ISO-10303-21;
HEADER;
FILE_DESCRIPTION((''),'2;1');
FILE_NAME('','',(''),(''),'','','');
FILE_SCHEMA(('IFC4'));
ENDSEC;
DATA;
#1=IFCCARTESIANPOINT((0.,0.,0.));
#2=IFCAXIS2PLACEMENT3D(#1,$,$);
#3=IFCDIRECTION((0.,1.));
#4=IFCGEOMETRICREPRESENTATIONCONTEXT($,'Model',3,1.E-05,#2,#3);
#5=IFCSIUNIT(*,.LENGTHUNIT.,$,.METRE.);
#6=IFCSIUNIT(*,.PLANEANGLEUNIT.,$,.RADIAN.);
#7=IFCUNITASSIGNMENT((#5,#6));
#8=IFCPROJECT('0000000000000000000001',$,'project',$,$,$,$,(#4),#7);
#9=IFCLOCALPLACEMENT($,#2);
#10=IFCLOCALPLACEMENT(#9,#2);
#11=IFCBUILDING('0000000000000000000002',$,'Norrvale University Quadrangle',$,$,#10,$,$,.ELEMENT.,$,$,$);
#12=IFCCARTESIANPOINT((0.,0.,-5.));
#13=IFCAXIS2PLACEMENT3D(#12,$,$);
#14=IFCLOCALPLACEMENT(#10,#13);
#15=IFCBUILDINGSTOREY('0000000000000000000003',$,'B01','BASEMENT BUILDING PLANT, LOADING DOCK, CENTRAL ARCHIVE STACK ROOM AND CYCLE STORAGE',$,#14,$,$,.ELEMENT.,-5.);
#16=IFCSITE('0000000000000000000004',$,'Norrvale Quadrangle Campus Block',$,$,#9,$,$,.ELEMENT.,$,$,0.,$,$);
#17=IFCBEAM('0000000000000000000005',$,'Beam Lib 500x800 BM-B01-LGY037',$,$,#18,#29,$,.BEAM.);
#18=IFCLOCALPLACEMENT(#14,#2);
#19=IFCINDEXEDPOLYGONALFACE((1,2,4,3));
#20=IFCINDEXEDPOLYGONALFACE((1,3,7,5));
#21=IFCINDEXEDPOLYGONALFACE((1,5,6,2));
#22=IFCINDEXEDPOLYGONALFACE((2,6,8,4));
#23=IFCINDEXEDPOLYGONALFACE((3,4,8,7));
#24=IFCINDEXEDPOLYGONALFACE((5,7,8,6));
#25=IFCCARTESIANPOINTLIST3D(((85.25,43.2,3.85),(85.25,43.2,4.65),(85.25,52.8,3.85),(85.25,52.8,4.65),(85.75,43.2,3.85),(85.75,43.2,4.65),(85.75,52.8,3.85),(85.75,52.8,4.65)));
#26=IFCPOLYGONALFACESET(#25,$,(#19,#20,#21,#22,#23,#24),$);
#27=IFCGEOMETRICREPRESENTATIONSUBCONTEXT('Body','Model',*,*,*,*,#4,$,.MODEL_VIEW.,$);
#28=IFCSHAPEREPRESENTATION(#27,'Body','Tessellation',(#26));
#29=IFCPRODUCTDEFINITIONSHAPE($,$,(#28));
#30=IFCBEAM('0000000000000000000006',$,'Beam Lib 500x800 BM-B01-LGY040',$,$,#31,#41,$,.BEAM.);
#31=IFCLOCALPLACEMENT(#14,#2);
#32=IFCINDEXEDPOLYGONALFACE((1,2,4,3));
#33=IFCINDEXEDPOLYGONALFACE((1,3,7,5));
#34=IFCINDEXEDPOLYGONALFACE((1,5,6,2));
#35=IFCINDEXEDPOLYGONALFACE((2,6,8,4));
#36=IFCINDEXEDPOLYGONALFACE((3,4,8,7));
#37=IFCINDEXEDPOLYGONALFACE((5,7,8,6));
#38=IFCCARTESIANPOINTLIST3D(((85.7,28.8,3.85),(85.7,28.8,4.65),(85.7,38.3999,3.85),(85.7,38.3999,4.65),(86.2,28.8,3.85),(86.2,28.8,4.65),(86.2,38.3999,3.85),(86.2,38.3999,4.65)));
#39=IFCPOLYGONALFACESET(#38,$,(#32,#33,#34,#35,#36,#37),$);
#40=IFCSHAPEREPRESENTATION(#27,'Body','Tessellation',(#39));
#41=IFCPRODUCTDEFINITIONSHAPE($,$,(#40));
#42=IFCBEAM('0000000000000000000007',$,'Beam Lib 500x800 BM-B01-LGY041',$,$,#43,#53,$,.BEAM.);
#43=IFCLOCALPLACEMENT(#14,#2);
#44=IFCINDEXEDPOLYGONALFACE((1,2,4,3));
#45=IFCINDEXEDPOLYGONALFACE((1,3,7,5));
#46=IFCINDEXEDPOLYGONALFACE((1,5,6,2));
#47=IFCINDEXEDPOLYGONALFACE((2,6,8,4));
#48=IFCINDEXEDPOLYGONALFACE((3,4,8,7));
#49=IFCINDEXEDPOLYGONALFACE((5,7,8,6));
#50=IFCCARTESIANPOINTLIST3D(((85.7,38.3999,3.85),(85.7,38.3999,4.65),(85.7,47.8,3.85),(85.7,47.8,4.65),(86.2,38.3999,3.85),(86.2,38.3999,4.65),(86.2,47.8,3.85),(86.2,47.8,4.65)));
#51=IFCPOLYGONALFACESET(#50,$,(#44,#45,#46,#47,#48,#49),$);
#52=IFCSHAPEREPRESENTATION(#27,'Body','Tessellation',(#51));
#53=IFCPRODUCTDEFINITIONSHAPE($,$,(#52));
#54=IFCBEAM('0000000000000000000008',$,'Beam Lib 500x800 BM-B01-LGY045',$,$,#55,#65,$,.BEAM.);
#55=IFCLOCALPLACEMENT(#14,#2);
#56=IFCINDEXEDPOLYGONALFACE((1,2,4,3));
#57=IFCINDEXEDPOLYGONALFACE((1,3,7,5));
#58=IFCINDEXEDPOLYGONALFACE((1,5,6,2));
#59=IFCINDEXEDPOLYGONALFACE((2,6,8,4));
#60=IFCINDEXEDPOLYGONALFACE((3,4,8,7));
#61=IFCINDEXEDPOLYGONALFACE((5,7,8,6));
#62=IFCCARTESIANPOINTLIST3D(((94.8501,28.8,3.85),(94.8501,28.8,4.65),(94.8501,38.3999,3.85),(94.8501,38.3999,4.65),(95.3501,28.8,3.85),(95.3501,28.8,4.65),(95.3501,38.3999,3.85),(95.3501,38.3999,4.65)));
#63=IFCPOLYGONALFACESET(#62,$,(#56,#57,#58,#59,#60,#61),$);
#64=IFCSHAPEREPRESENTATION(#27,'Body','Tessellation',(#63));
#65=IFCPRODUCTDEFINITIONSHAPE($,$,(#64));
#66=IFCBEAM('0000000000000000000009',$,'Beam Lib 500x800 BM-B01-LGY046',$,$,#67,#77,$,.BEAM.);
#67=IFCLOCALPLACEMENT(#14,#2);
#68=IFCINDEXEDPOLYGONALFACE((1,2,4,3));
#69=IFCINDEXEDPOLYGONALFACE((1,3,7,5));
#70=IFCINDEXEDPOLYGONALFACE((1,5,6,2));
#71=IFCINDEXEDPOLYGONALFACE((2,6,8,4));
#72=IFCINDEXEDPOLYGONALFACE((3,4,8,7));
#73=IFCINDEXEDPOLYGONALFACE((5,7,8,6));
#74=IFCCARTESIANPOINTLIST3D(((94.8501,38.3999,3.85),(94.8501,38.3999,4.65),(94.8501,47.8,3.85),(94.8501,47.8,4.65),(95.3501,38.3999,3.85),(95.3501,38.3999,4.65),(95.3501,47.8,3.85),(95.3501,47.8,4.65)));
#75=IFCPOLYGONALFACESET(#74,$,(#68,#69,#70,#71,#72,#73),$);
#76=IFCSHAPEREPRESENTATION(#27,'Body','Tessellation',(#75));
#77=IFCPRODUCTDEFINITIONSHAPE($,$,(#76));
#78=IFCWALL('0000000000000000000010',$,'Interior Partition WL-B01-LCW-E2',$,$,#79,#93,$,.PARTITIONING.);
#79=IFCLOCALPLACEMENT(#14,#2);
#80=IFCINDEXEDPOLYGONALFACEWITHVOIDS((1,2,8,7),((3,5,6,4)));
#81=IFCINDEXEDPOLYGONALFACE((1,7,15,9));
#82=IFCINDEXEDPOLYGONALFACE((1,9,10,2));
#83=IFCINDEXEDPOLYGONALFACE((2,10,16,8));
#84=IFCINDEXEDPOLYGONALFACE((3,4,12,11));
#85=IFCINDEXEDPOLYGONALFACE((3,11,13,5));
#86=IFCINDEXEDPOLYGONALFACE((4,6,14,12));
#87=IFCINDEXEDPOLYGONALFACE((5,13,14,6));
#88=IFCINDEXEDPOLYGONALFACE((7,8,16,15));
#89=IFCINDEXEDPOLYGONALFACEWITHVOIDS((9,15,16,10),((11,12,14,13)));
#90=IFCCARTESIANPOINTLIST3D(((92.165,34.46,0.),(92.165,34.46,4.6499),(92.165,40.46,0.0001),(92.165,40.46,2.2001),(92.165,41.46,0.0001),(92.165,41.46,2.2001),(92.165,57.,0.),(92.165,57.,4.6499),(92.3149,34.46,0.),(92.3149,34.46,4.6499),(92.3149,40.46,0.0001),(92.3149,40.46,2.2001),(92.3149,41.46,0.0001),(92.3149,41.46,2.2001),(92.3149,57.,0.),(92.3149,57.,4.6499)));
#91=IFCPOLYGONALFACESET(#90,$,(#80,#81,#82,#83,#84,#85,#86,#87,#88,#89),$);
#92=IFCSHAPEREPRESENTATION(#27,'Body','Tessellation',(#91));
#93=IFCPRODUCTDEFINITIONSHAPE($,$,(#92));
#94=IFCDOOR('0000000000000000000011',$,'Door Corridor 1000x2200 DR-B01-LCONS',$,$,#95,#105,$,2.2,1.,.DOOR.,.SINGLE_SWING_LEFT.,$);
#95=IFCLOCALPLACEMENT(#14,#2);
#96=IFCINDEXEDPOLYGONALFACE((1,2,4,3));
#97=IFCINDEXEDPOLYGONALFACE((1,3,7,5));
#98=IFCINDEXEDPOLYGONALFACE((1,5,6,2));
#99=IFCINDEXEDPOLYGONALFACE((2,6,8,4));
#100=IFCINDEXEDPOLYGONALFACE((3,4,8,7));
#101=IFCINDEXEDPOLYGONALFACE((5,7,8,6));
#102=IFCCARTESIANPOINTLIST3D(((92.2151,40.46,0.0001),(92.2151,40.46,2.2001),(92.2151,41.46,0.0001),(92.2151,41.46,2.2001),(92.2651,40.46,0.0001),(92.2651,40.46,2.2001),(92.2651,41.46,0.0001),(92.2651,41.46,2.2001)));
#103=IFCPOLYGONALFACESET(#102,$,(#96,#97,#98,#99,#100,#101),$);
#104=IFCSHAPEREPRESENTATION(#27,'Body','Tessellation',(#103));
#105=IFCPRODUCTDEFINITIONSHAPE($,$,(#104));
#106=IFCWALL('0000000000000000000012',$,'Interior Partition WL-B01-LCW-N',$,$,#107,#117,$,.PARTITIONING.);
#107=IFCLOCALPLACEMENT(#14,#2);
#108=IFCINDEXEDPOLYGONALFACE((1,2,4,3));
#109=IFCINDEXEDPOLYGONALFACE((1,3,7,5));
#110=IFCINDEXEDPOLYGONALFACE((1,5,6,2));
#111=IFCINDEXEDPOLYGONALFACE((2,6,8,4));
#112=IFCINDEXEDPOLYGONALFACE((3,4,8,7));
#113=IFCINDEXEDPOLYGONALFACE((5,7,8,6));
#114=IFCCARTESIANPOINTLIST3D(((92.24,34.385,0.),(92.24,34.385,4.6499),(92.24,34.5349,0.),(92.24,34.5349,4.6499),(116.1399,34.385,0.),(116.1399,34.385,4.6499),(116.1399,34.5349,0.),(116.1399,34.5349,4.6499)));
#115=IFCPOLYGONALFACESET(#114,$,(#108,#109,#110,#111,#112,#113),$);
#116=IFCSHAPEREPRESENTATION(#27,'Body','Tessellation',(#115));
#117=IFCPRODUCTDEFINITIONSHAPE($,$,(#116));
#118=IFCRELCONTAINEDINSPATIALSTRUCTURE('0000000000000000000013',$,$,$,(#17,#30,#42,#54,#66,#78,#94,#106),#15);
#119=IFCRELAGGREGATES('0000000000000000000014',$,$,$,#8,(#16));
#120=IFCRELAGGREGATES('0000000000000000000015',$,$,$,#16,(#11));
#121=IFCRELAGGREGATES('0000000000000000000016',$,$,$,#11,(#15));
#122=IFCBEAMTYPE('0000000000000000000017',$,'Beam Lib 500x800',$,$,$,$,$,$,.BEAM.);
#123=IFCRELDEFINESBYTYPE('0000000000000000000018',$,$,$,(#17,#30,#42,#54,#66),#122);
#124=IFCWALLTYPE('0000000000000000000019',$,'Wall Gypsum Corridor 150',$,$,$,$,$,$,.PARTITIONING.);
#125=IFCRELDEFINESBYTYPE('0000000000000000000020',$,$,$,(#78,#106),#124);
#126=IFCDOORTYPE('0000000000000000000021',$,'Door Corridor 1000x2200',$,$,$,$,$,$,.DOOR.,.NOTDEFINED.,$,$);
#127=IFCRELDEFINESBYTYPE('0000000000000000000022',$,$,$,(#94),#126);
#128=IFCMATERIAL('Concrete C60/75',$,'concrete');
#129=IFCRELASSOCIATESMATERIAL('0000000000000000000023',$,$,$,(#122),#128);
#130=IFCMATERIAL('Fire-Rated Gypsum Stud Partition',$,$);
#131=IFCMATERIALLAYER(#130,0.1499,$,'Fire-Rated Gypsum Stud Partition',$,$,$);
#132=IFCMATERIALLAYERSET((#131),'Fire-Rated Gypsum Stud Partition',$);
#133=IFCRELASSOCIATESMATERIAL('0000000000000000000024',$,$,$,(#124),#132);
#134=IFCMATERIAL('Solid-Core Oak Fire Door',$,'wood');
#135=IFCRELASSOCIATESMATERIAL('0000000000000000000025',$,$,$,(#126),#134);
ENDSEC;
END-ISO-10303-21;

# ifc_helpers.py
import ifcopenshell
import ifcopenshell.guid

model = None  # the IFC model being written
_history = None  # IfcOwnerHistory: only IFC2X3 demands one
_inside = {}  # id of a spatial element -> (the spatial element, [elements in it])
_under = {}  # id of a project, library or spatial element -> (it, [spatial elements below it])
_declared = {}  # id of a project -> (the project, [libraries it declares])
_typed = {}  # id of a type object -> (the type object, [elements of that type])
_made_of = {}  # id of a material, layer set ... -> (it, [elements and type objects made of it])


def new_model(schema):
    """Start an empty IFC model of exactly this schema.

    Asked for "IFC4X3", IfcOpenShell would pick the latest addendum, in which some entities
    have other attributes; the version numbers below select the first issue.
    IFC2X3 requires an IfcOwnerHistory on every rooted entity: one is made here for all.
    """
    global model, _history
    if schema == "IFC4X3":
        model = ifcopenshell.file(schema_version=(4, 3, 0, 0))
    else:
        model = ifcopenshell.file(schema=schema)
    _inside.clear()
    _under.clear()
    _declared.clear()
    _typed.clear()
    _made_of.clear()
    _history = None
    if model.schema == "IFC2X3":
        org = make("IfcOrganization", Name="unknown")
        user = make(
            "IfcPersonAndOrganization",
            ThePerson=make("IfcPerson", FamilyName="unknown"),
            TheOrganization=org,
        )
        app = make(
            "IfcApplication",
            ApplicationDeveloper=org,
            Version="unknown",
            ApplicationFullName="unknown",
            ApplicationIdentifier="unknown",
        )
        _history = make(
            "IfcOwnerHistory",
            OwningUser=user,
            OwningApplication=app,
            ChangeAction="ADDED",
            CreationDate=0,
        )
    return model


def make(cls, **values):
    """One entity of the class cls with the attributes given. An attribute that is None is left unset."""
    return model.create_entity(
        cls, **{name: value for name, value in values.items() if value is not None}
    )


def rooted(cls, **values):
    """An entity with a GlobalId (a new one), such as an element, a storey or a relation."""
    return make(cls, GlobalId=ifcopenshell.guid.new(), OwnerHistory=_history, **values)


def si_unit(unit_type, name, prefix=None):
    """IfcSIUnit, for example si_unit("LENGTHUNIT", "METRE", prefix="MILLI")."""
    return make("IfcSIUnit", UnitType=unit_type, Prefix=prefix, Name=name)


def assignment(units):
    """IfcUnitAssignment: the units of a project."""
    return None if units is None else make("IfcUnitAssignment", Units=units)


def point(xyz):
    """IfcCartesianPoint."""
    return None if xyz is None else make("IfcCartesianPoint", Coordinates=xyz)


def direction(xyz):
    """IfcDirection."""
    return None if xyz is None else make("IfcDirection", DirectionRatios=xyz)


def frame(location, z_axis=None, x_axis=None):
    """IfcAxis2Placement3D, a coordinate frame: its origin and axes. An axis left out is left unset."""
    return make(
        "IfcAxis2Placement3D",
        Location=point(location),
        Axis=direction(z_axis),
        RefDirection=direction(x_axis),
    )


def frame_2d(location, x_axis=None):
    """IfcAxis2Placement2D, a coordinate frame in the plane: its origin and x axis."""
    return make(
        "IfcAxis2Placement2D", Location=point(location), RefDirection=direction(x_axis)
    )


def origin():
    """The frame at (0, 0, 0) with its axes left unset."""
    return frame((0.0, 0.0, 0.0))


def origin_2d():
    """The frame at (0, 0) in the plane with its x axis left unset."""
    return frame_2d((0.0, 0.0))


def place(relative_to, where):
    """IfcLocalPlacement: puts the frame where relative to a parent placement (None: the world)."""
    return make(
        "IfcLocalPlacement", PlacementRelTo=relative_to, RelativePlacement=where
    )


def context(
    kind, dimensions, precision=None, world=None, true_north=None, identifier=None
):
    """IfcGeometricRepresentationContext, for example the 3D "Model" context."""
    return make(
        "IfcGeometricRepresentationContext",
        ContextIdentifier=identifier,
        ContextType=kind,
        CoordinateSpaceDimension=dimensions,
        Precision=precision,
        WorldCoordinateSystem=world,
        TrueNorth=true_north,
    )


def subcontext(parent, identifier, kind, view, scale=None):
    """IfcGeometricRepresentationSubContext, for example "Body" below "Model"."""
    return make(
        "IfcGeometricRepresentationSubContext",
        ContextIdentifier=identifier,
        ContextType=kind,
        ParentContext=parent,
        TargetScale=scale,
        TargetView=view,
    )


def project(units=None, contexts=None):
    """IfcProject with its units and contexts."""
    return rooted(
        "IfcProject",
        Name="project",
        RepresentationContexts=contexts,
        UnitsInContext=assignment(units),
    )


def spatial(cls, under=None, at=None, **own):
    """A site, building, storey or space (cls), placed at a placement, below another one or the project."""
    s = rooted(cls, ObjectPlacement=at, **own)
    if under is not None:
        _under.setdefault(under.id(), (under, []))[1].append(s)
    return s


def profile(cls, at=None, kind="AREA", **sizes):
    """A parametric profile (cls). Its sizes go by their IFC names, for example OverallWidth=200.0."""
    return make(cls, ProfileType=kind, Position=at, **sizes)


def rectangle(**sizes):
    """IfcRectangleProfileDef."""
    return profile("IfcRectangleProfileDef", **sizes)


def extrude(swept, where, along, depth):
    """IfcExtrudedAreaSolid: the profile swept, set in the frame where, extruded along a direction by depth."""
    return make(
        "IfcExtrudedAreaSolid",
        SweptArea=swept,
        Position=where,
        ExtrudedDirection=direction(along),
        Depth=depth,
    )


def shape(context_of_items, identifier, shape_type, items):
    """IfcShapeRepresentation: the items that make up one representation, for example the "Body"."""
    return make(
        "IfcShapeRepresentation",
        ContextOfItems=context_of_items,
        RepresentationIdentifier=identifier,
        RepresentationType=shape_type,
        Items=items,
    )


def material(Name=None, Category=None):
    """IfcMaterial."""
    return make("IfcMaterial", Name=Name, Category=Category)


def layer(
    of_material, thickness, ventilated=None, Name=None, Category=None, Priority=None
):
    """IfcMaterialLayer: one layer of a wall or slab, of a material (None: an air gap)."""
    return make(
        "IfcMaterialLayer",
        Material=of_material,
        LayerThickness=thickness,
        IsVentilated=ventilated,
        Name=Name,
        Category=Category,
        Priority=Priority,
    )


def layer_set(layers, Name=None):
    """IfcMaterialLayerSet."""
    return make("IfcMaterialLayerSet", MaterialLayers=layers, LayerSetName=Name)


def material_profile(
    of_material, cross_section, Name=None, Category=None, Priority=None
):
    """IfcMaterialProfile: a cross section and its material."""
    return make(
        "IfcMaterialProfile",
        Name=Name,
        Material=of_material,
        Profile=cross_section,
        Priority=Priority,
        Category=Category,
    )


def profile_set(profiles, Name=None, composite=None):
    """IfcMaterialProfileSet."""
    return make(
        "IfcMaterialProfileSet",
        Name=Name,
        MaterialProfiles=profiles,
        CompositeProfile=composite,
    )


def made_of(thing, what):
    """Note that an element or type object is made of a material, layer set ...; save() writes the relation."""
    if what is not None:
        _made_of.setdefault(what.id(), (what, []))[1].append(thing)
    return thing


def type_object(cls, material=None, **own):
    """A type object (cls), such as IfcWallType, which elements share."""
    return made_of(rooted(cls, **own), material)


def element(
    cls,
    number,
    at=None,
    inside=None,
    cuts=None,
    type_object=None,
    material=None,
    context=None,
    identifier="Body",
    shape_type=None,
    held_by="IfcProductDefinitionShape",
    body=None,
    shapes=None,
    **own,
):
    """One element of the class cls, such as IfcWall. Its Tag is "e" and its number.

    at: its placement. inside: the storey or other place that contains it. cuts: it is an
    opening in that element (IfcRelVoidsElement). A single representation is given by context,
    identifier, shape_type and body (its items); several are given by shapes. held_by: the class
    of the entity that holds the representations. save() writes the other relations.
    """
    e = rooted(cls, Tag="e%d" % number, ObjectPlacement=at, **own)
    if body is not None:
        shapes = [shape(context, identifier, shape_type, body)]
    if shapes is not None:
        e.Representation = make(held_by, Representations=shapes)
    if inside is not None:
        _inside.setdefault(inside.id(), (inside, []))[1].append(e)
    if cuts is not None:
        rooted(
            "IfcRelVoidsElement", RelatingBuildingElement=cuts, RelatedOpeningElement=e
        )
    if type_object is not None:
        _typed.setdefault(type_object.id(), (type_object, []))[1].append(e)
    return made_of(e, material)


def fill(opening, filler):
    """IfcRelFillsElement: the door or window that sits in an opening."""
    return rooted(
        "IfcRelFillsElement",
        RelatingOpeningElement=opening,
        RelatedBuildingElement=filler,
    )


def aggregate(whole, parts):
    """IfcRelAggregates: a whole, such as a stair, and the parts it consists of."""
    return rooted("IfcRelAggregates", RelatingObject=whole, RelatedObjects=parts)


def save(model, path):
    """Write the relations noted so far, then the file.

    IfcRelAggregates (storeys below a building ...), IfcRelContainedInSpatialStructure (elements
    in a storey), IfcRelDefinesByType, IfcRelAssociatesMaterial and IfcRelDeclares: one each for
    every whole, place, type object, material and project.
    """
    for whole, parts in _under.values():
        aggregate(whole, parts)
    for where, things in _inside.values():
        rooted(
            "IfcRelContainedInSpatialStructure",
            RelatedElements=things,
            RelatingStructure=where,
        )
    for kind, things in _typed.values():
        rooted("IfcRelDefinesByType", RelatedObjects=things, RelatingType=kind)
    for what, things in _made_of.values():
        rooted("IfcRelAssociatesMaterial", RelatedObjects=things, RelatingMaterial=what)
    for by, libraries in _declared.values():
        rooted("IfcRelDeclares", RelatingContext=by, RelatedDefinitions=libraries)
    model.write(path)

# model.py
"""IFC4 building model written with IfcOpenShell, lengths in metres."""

from ifc_helpers import new_model, si_unit, direction, frame, frame_2d, origin, origin_2d, place, context, subcontext, project, spatial, rectangle, extrude, material, layer, layer_set, material_profile, profile_set, type_object, element, fill, save


model = new_model("IFC4")

# Units and contexts
model_context = context("Model", 3, precision=1e-05, world=origin(), true_north=direction((0.0, 1.0)))
body_context = subcontext(model_context, "Body", "Model", "MODEL_VIEW")
ifc_project = project(units=[si_unit("LENGTHUNIT", "METRE"), si_unit("PLANEANGLEUNIT", "RADIAN")], contexts=[model_context])

# Site, building, storey
site_placement = place(None, origin())
site = spatial("IfcSite", under=ifc_project, at=site_placement, Name="Norrvale Quadrangle Campus Block", CompositionType="ELEMENT", RefElevation=0.0)
building_placement = place(site_placement, origin())
building = spatial("IfcBuilding", under=site, at=building_placement, Name="Norrvale University Quadrangle", CompositionType="ELEMENT")
storey_placement = place(building_placement, frame((0.0, 0.0, -5.0)))
storey = spatial("IfcBuildingStorey", under=building, at=storey_placement, Name="B01", Description="BASEMENT BUILDING PLANT, LOADING DOCK, CENTRAL ARCHIVE STACK ROOM AND CYCLE STORAGE", CompositionType="ELEMENT", Elevation=-5.0)

# Shared definitions
ifc_material_1 = material(Name="Concrete C60/75", Category="concrete")

# Beams
ifc_material_profile_1 = material_profile(ifc_material_1, rectangle(XDim=0.5, YDim=0.8, at=origin_2d()), Name="Concrete C60/75")
ifc_profile_set_1 = profile_set([ifc_material_profile_1], Name="Concrete C60/75")
beam_type = type_object("IfcBeamType", Name="Beam Lib 500x800", PredefinedType="BEAM", material=ifc_profile_set_1)
beam_1_placement = place(storey_placement, frame((85.5, 43.2, 4.25), z_axis=(0.0, 1.0, 0.0), x_axis=(-1.0, 0.0, 0.0)))
element("IfcBeam", 1, at=beam_1_placement, inside=storey, type_object=beam_type, Name="Beam Lib 500x800 BM-B01-LGY037", PredefinedType="BEAM", context=body_context, shape_type="SweptSolid", body=[
    extrude(rectangle(XDim=0.5, YDim=0.8, at=origin_2d()), origin(), (0.0, 0.0, 1.0), 9.6001),
])
beam_2_placement = place(storey_placement, frame((85.95, 28.8, 4.25), z_axis=(0.0, 1.0, 0.0), x_axis=(-1.0, 0.0, 0.0)))
element("IfcBeam", 2, at=beam_2_placement, inside=storey, type_object=beam_type, Name="Beam Lib 500x800 BM-B01-LGY040", PredefinedType="BEAM", context=body_context, shape_type="SweptSolid", body=[
    extrude(rectangle(XDim=0.5, YDim=0.8, at=origin_2d()), origin(), (0.0, 0.0, 1.0), 9.5999),
])
beam_3_placement = place(storey_placement, frame((85.95, 38.3999, 4.25), z_axis=(0.0, 1.0, 0.0), x_axis=(-1.0, 0.0, 0.0)))
element("IfcBeam", 3, at=beam_3_placement, inside=storey, type_object=beam_type, Name="Beam Lib 500x800 BM-B01-LGY041", PredefinedType="BEAM", context=body_context, shape_type="SweptSolid", body=[
    extrude(rectangle(XDim=0.5, YDim=0.8, at=origin_2d()), origin(), (0.0, 0.0, 1.0), 9.4001),
])
beam_4_placement = place(storey_placement, frame((95.1001, 28.8, 4.25), z_axis=(0.0, 1.0, 0.0), x_axis=(-1.0, 0.0, 0.0)))
element("IfcBeam", 4, at=beam_4_placement, inside=storey, type_object=beam_type, Name="Beam Lib 500x800 BM-B01-LGY045", PredefinedType="BEAM", context=body_context, shape_type="SweptSolid", body=[
    extrude(rectangle(XDim=0.5, YDim=0.8, at=origin_2d()), origin(), (0.0, 0.0, 1.0), 9.5999),
])
beam_5_placement = place(storey_placement, frame((95.1001, 38.3999, 4.25), z_axis=(0.0, 1.0, 0.0), x_axis=(-1.0, 0.0, 0.0)))
element("IfcBeam", 5, at=beam_5_placement, inside=storey, type_object=beam_type, Name="Beam Lib 500x800 BM-B01-LGY046", PredefinedType="BEAM", context=body_context, shape_type="SweptSolid", body=[
    extrude(rectangle(XDim=0.5, YDim=0.8, at=origin_2d()), origin(), (0.0, 0.0, 1.0), 9.4001),
])

# Wall, opening, door
ifc_material_2 = material(Name="Fire-Rated Gypsum Stud Partition")
ifc_layer = layer(ifc_material_2, 0.1499, Name="Fire-Rated Gypsum Stud Partition")
ifc_layer_set = layer_set([ifc_layer], Name="Fire-Rated Gypsum Stud Partition")
wall_type = type_object("IfcWallType", Name="Wall Gypsum Corridor 150", PredefinedType="PARTITIONING", material=ifc_layer_set)
wall_1_placement = place(storey_placement, frame((92.24, 34.46, 0.0), z_axis=(0.0, 0.0, 1.0), x_axis=(0.0, 1.0, 0.0)))
wall_1 = element("IfcWall", 6, at=wall_1_placement, inside=storey, type_object=wall_type, Name="Interior Partition WL-B01-LCW-E2", PredefinedType="PARTITIONING", context=body_context, shape_type="SweptSolid", body=[
    extrude(rectangle(XDim=22.54, YDim=0.1499, at=frame_2d((11.27, 0.0))), origin(), (0.0, 0.0, 1.0), 4.6499),
])
opening_placement = place(wall_1_placement, frame((6.0, 0.0, 0.0)))
opening = element("IfcOpeningElement", 7, at=opening_placement, cuts=wall_1, PredefinedType="OPENING", context=body_context, shape_type="SweptSolid", body=[
    extrude(rectangle(XDim=1.0, YDim=2.2, at=frame_2d((0.5, 1.1001))), frame((0.0, 0.0869, 0.0), z_axis=(0.0, -1.0, 0.0), x_axis=(1.0, 0.0, 0.0)), (0.0, 0.0, 1.0), 0.1738),
])
ifc_material_3 = material(Name="Solid-Core Oak Fire Door", Category="wood")
door_type = type_object("IfcDoorType", Name="Door Corridor 1000x2200", OperationType="NOTDEFINED", PredefinedType="DOOR", material=ifc_material_3)
door_placement = place(opening_placement, origin())
door = element("IfcDoor", 8, at=door_placement, inside=storey, type_object=door_type, Name="Door Corridor 1000x2200 DR-B01-LCONS", OperationType="SINGLE_SWING_LEFT", OverallHeight=2.2, OverallWidth=1.0, PredefinedType="DOOR", context=body_context, shape_type="SweptSolid", body=[
    extrude(rectangle(XDim=1.0, YDim=2.2, at=frame_2d((0.5, 1.1001))), frame((0.0, 0.0249, 0.0), z_axis=(0.0, -1.0, 0.0), x_axis=(1.0, 0.0, 0.0)), (0.0, 0.0, 1.0), 0.05),
])
fill(opening, door)

# Wall
wall_2_placement = place(storey_placement, frame((92.24, 34.46, 0.0), z_axis=(0.0, 0.0, 1.0), x_axis=(1.0, 0.0, 0.0)))
element("IfcWall", 9, at=wall_2_placement, inside=storey, type_object=wall_type, Name="Interior Partition WL-B01-LCW-N", PredefinedType="PARTITIONING", context=body_context, shape_type="SweptSolid", body=[
    extrude(rectangle(XDim=23.8999, YDim=0.1499, at=frame_2d((11.95, 0.0))), origin(), (0.0, 0.0, 1.0), 4.6499),
])

save(model, "model.ifc")
